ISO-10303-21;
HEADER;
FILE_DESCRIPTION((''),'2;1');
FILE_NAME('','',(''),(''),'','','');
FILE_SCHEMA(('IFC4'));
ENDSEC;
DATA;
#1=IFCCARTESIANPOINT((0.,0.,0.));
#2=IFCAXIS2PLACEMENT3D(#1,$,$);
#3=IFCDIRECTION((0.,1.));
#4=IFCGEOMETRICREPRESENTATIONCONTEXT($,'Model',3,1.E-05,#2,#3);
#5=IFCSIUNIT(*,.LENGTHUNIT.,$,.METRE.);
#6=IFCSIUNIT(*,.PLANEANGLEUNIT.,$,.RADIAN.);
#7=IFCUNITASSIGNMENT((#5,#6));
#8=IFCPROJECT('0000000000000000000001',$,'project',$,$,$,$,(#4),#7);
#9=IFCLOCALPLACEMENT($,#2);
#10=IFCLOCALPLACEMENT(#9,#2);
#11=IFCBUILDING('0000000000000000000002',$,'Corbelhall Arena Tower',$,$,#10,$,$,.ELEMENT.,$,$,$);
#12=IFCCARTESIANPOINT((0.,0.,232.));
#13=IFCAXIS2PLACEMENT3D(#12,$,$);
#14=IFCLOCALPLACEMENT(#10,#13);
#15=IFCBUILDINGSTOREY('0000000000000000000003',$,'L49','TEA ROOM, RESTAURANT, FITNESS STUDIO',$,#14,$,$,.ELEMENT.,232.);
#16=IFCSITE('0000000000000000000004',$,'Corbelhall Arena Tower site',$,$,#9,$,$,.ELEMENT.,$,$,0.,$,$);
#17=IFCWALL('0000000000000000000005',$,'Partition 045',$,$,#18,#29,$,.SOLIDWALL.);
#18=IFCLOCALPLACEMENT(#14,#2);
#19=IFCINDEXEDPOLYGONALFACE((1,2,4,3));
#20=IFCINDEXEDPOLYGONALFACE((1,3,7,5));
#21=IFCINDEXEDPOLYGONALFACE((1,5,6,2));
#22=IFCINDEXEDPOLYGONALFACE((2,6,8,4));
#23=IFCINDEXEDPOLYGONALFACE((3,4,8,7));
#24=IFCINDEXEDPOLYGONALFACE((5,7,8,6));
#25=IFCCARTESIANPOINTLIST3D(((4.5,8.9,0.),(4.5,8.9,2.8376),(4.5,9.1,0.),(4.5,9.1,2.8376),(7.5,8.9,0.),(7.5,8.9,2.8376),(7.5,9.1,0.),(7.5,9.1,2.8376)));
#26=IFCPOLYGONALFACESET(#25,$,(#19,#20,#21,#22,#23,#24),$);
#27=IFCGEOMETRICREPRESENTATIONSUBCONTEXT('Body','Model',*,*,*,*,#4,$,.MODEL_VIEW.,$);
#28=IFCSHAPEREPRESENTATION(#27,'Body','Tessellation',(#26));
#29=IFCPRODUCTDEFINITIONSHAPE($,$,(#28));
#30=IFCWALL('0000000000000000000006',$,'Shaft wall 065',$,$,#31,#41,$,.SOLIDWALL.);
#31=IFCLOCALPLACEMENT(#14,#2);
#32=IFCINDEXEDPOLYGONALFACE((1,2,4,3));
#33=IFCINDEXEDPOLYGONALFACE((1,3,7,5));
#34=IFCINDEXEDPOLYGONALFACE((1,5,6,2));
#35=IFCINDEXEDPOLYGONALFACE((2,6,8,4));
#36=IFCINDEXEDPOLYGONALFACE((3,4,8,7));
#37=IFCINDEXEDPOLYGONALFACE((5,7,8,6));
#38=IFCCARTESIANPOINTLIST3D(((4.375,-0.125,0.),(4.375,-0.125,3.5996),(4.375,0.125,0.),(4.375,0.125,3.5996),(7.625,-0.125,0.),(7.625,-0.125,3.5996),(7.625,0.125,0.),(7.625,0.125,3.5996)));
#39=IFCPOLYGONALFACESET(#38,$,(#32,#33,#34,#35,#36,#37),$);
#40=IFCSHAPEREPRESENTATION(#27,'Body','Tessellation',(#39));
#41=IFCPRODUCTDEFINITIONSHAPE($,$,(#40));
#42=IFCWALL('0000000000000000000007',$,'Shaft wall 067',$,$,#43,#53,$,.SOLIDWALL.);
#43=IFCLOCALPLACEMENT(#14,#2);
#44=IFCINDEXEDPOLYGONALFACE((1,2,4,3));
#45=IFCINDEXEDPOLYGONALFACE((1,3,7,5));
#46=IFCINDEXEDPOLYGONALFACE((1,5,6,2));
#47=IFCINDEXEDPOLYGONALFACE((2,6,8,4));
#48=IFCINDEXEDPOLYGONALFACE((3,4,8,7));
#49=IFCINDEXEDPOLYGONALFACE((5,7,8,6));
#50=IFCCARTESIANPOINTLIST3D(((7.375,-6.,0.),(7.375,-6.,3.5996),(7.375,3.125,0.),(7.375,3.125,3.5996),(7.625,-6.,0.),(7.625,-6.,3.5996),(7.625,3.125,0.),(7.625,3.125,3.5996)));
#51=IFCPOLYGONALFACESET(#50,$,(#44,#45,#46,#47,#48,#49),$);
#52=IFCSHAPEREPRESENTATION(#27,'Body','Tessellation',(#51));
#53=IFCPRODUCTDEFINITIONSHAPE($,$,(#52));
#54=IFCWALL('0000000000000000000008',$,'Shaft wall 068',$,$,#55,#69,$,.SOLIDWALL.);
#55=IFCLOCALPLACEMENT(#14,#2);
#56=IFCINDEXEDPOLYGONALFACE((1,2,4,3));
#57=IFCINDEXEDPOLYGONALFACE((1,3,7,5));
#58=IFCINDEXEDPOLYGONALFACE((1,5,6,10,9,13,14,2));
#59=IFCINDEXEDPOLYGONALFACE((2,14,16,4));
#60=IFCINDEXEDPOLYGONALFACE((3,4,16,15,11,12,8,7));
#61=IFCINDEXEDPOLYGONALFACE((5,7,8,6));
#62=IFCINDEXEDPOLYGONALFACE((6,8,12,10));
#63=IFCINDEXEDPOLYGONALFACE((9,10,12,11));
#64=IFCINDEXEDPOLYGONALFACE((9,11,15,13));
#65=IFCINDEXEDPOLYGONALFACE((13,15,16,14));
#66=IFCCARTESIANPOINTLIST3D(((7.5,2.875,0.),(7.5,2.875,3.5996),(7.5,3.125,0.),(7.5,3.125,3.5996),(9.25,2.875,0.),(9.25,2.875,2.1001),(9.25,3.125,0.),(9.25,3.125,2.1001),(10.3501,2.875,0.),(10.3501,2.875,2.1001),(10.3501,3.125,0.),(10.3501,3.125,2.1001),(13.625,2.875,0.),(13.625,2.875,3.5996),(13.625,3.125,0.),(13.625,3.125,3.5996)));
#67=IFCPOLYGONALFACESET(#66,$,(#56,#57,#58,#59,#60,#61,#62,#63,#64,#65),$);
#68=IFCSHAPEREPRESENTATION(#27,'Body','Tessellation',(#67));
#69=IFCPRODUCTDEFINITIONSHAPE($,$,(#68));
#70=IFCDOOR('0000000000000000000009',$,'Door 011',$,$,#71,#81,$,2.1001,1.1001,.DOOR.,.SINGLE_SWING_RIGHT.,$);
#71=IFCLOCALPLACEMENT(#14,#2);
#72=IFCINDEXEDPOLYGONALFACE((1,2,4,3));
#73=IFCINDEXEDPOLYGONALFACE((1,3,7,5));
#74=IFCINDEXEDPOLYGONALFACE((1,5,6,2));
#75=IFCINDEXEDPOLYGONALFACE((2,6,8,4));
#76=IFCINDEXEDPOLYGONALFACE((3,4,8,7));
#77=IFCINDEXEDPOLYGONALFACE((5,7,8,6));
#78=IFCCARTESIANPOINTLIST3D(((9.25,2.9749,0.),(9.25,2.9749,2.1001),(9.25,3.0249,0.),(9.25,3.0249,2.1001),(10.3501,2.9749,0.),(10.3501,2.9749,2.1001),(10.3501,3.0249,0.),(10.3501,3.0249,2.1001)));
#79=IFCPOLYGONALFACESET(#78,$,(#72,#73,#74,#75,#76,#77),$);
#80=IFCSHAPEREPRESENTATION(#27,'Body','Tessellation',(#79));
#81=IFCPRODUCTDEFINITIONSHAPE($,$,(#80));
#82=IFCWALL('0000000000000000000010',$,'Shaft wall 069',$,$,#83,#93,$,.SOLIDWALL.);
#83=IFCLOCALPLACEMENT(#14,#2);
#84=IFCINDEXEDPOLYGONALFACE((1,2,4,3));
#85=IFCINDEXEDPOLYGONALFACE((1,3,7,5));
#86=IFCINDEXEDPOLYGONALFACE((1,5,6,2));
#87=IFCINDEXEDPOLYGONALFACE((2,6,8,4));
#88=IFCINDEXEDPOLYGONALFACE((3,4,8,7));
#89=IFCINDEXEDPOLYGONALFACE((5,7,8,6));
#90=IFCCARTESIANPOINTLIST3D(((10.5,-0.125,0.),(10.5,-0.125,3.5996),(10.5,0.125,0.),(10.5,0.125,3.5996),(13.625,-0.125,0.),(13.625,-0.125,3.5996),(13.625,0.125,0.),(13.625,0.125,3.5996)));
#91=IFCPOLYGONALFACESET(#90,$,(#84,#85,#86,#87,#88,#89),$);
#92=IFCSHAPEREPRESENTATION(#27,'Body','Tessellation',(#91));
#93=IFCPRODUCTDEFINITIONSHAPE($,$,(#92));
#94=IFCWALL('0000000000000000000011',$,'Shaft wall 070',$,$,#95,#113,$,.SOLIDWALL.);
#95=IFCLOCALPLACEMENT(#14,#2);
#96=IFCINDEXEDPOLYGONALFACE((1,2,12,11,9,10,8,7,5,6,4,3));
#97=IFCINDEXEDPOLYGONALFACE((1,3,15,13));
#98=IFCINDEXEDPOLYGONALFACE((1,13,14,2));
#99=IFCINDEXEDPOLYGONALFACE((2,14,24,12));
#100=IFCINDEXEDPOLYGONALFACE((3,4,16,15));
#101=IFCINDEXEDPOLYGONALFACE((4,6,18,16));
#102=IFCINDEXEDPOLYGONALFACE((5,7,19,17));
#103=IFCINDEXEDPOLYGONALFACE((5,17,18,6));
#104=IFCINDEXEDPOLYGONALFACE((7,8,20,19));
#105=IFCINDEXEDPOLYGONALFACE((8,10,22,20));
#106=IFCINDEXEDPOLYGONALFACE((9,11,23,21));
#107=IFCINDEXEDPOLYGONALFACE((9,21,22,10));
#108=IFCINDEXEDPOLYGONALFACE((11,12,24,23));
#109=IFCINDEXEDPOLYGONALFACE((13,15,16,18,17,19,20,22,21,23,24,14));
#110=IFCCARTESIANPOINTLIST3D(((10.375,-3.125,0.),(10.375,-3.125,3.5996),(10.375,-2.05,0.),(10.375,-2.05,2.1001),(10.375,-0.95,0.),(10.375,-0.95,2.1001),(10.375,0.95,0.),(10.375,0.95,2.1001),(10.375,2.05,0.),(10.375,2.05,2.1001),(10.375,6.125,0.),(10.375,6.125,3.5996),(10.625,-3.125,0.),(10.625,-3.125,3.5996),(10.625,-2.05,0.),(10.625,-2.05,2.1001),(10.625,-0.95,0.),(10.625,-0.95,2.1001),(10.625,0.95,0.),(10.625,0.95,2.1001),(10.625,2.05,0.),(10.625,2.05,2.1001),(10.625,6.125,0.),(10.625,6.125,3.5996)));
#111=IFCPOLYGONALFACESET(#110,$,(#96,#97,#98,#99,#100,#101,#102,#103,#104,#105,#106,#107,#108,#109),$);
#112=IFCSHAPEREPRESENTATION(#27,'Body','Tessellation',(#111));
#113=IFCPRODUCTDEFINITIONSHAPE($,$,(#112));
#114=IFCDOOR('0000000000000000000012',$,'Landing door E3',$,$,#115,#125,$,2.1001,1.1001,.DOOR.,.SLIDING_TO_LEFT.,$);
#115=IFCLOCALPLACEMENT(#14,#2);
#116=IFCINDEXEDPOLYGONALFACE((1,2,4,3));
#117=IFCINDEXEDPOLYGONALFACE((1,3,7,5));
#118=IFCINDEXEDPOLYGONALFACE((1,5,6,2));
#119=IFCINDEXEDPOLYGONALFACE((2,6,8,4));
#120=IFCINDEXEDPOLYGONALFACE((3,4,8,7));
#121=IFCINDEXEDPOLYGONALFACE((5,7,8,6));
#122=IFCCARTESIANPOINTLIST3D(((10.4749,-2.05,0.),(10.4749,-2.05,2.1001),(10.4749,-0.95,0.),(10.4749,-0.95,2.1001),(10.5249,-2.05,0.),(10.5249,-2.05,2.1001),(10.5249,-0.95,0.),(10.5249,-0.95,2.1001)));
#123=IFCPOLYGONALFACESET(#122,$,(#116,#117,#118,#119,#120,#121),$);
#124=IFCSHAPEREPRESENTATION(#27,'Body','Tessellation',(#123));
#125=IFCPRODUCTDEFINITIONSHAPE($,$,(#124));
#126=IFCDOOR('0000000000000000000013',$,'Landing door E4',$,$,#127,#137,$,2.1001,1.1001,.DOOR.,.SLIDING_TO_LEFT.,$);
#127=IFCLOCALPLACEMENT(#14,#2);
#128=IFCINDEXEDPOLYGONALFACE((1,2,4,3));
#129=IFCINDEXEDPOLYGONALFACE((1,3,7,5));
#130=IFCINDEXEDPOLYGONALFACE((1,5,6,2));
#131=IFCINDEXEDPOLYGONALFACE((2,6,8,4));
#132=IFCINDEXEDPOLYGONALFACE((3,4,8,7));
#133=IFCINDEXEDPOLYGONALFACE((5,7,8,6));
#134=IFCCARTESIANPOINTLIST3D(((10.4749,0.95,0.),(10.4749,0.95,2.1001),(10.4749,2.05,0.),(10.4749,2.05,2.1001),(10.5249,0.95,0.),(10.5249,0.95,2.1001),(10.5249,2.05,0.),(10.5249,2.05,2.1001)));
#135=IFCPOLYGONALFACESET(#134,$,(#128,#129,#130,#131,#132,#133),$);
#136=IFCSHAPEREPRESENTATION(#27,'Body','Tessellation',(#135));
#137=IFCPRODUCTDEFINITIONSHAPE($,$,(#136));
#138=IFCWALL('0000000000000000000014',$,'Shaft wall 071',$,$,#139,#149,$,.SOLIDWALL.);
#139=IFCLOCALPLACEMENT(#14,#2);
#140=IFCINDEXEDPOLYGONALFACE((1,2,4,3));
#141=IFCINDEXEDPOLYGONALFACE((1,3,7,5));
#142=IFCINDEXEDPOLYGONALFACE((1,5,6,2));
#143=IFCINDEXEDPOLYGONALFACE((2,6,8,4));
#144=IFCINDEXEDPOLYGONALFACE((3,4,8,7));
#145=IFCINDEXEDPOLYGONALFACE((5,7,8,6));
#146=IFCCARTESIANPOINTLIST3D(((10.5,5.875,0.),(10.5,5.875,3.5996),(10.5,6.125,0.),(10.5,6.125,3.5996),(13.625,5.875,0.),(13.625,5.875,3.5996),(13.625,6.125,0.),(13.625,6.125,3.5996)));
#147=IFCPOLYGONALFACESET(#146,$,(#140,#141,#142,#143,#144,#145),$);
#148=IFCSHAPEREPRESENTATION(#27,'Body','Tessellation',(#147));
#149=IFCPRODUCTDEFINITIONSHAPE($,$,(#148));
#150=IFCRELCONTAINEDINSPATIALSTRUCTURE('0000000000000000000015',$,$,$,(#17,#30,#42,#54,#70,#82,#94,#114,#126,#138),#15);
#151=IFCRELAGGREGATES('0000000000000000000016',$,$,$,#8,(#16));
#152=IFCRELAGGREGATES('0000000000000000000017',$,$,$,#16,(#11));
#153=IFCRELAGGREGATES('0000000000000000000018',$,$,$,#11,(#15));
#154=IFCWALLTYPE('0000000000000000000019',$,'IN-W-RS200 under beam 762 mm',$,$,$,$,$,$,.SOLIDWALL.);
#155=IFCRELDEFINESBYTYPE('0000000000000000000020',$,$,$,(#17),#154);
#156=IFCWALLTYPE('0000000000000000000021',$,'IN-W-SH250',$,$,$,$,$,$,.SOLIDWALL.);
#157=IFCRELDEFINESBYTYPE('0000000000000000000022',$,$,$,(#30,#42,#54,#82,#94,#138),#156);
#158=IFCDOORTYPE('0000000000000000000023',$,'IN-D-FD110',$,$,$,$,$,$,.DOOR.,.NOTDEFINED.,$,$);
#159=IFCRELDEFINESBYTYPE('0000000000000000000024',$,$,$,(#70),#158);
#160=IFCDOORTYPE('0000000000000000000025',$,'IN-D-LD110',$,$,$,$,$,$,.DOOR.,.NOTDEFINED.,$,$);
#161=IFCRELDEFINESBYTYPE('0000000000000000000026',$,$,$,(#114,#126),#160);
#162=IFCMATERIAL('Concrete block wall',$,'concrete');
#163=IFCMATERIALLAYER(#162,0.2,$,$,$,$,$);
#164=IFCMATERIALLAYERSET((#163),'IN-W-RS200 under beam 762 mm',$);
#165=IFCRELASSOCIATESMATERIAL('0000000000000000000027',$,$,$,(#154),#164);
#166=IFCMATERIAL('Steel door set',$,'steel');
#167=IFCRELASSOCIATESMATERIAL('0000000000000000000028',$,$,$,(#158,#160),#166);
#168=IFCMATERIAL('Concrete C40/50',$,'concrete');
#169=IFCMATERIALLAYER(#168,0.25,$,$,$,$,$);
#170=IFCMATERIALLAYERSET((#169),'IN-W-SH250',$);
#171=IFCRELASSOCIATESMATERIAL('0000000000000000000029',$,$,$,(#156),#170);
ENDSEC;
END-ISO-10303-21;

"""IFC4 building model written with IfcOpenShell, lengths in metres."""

from ifc_helpers import new_model, si_unit, direction, frame, frame_2d, origin, place, context, subcontext, project, spatial, rectangle, extrude, material, layer, layer_set, type_object, element, fill, save


model = new_model("IFC4")

# Units and contexts
model_context = context("Model", 3, precision=1e-05, world=origin(), true_north=direction((0.0, 1.0)))
body_context = subcontext(model_context, "Body", "Model", "MODEL_VIEW")
ifc_project = project(units=[si_unit("LENGTHUNIT", "METRE"), si_unit("PLANEANGLEUNIT", "RADIAN")], contexts=[model_context])

# Site, building, storey
site_placement = place(None, origin())
site = spatial("IfcSite", under=ifc_project, at=site_placement, Name="Corbelhall Arena Tower site", CompositionType="ELEMENT", RefElevation=0.0)
building_placement = place(site_placement, origin())
building = spatial("IfcBuilding", under=site, at=building_placement, Name="Corbelhall Arena Tower", CompositionType="ELEMENT")
storey_placement = place(building_placement, frame((0.0, 0.0, 232.0)))
storey = spatial("IfcBuildingStorey", under=building, at=storey_placement, Name="L49", Description="TEA ROOM, RESTAURANT, FITNESS STUDIO", CompositionType="ELEMENT", Elevation=232.0)

# Shared definitions
ifc_material_1 = material(Name="Concrete C40/50", Category="concrete")

# Shared definitions
ifc_material_2 = material(Name="Concrete block wall", Category="concrete")

# Shared definitions
ifc_layer_1 = layer(ifc_material_2, 0.2)
ifc_layer_set_1 = layer_set([ifc_layer_1], Name="IN-W-RS200 under beam 762 mm")
wall_type_1 = type_object("IfcWallType", Name="IN-W-RS200 under beam 762 mm", PredefinedType="SOLIDWALL", material=ifc_layer_set_1)
ifc_material_3 = material(Name="Steel door set", Category="steel")
door_type_1 = type_object("IfcDoorType", Name="IN-D-FD110", OperationType="NOTDEFINED", PredefinedType="DOOR", material=ifc_material_3)

# Walls
wall_1_placement = place(storey_placement, frame((4.5, 9.0, 0.0), z_axis=(0.0, 0.0, 1.0), x_axis=(1.0, 0.0, 0.0)))
element("IfcWall", 1, at=wall_1_placement, inside=storey, type_object=wall_type_1, Name="Partition 045", PredefinedType="SOLIDWALL", context=body_context, shape_type="SweptSolid", body=[
    extrude(rectangle(XDim=3.0, YDim=0.2, at=frame_2d((1.5, 0.0))), origin(), (0.0, 0.0, 1.0), 2.8376),
])
ifc_layer_2 = layer(ifc_material_1, 0.25)
ifc_layer_set_2 = layer_set([ifc_layer_2], Name="IN-W-SH250")
wall_type_2 = type_object("IfcWallType", Name="IN-W-SH250", PredefinedType="SOLIDWALL", material=ifc_layer_set_2)
wall_2_placement = place(storey_placement, frame((4.375, 0.0, 0.0), z_axis=(0.0, 0.0, 1.0), x_axis=(1.0, 0.0, 0.0)))
element("IfcWall", 2, at=wall_2_placement, inside=storey, type_object=wall_type_2, Name="Shaft wall 065", PredefinedType="SOLIDWALL", context=body_context, shape_type="SweptSolid", body=[
    extrude(rectangle(XDim=3.25, YDim=0.25, at=frame_2d((1.625, 0.0))), origin(), (0.0, 0.0, 1.0), 3.5996),
])
wall_3_placement = place(storey_placement, frame((7.5, 3.125, 0.0), z_axis=(0.0, 0.0, 1.0), x_axis=(0.0, -1.0, 0.0)))
element("IfcWall", 3, at=wall_3_placement, inside=storey, type_object=wall_type_2, Name="Shaft wall 067", PredefinedType="SOLIDWALL", context=body_context, shape_type="SweptSolid", body=[
    extrude(rectangle(XDim=9.125, YDim=0.25, at=frame_2d((4.5625, 0.0))), origin(), (0.0, 0.0, 1.0), 3.5996),
])

# Wall, opening, door
wall_4_placement = place(storey_placement, frame((7.5, 3.0, 0.0), z_axis=(0.0, 0.0, 1.0), x_axis=(1.0, 0.0, 0.0)))
wall_4 = element("IfcWall", 4, at=wall_4_placement, inside=storey, type_object=wall_type_2, Name="Shaft wall 068", PredefinedType="SOLIDWALL", context=body_context, shape_type="SweptSolid", body=[
    extrude(rectangle(XDim=6.125, YDim=0.25, at=frame_2d((3.0625, 0.0))), origin(), (0.0, 0.0, 1.0), 3.5996),
])
opening_1_placement = place(wall_4_placement, frame((1.75, 0.0, 0.0)))
opening_1 = element("IfcOpeningElement", 5, at=opening_1_placement, cuts=wall_4, PredefinedType="OPENING", context=body_context, shape_type="SweptSolid", body=[
    extrude(rectangle(XDim=1.1001, YDim=2.1001, at=frame_2d((0.55, 1.05))), frame((0.0, 0.125, 0.0), z_axis=(0.0, -1.0, 0.0), x_axis=(1.0, 0.0, 0.0)), (0.0, 0.0, 1.0), 0.25),
])
door_1_placement = place(opening_1_placement, origin())
door_1 = element("IfcDoor", 6, at=door_1_placement, inside=storey, type_object=door_type_1, Name="Door 011", OperationType="SINGLE_SWING_RIGHT", OverallHeight=2.1001, OverallWidth=1.1001, PredefinedType="DOOR", context=body_context, shape_type="SweptSolid", body=[
    extrude(rectangle(XDim=1.1001, YDim=2.1001, at=frame_2d((0.55, 1.05))), frame((0.0, 0.0249, 0.0), z_axis=(0.0, -1.0, 0.0), x_axis=(1.0, 0.0, 0.0)), (0.0, 0.0, 1.0), 0.05),
])
fill(opening_1, door_1)

# Wall
wall_5_placement = place(storey_placement, frame((10.5, 0.0, 0.0), z_axis=(0.0, 0.0, 1.0), x_axis=(1.0, 0.0, 0.0)))
element("IfcWall", 7, at=wall_5_placement, inside=storey, type_object=wall_type_2, Name="Shaft wall 069", PredefinedType="SOLIDWALL", context=body_context, shape_type="SweptSolid", body=[
    extrude(rectangle(XDim=3.125, YDim=0.25, at=frame_2d((1.5625, 0.0))), origin(), (0.0, 0.0, 1.0), 3.5996),
])

# Wall, openings, doors
wall_6_placement = place(storey_placement, frame((10.5, 6.125, 0.0), z_axis=(0.0, 0.0, 1.0), x_axis=(0.0, -1.0, 0.0)))
wall_6 = element("IfcWall", 8, at=wall_6_placement, inside=storey, type_object=wall_type_2, Name="Shaft wall 070", PredefinedType="SOLIDWALL", context=body_context, shape_type="SweptSolid", body=[
    extrude(rectangle(XDim=9.25, YDim=0.25, at=frame_2d((4.625, 0.0))), origin(), (0.0, 0.0, 1.0), 3.5996),
])
opening_2_placement = place(wall_6_placement, frame((7.075, 0.0, 0.0)))
opening_2 = element("IfcOpeningElement", 9, at=opening_2_placement, cuts=wall_6, PredefinedType="OPENING", context=body_context, shape_type="SweptSolid", body=[
    extrude(rectangle(XDim=1.1001, YDim=2.1001, at=frame_2d((0.55, 1.05))), frame((0.0, 0.125, 0.0), z_axis=(0.0, -1.0, 0.0), x_axis=(1.0, 0.0, 0.0)), (0.0, 0.0, 1.0), 0.25),
])
opening_3_placement = place(wall_6_placement, frame((4.075, 0.0, 0.0)))
opening_3 = element("IfcOpeningElement", 10, at=opening_3_placement, cuts=wall_6, PredefinedType="OPENING", context=body_context, shape_type="SweptSolid", body=[
    extrude(rectangle(XDim=1.1001, YDim=2.1001, at=frame_2d((0.55, 1.05))), frame((0.0, 0.125, 0.0), z_axis=(0.0, -1.0, 0.0), x_axis=(1.0, 0.0, 0.0)), (0.0, 0.0, 1.0), 0.25),
])
door_type_2 = type_object("IfcDoorType", Name="IN-D-LD110", OperationType="NOTDEFINED", PredefinedType="DOOR", material=ifc_material_3)
door_2_placement = place(opening_2_placement, origin())
door_2 = element("IfcDoor", 11, at=door_2_placement, inside=storey, type_object=door_type_2, Name="Landing door E3", OperationType="SLIDING_TO_LEFT", OverallHeight=2.1001, OverallWidth=1.1001, PredefinedType="DOOR", context=body_context, shape_type="SweptSolid", body=[
    extrude(rectangle(XDim=1.1001, YDim=2.1001, at=frame_2d((0.55, 1.05))), frame((0.0, 0.0249, 0.0), z_axis=(0.0, -1.0, 0.0), x_axis=(1.0, 0.0, 0.0)), (0.0, 0.0, 1.0), 0.05),
])
fill(opening_2, door_2)
door_3_placement = place(opening_3_placement, origin())
door_3 = element("IfcDoor", 12, at=door_3_placement, inside=storey, type_object=door_type_2, Name="Landing door E4", OperationType="SLIDING_TO_LEFT", OverallHeight=2.1001, OverallWidth=1.1001, PredefinedType="DOOR", context=body_context, shape_type="SweptSolid", body=[
    extrude(rectangle(XDim=1.1001, YDim=2.1001, at=frame_2d((0.55, 1.05))), frame((0.0, 0.0249, 0.0), z_axis=(0.0, -1.0, 0.0), x_axis=(1.0, 0.0, 0.0)), (0.0, 0.0, 1.0), 0.05),
])
fill(opening_3, door_3)

# Wall
wall_7_placement = place(storey_placement, frame((10.5, 6.0, 0.0), z_axis=(0.0, 0.0, 1.0), x_axis=(1.0, 0.0, 0.0)))
element("IfcWall", 13, at=wall_7_placement, inside=storey, type_object=wall_type_2, Name="Shaft wall 071", PredefinedType="SOLIDWALL", context=body_context, shape_type="SweptSolid", body=[
    extrude(rectangle(XDim=3.125, YDim=0.25, at=frame_2d((1.5625, 0.0))), origin(), (0.0, 0.0, 1.0), 3.5996),
])

save(model, "model.ifc")
